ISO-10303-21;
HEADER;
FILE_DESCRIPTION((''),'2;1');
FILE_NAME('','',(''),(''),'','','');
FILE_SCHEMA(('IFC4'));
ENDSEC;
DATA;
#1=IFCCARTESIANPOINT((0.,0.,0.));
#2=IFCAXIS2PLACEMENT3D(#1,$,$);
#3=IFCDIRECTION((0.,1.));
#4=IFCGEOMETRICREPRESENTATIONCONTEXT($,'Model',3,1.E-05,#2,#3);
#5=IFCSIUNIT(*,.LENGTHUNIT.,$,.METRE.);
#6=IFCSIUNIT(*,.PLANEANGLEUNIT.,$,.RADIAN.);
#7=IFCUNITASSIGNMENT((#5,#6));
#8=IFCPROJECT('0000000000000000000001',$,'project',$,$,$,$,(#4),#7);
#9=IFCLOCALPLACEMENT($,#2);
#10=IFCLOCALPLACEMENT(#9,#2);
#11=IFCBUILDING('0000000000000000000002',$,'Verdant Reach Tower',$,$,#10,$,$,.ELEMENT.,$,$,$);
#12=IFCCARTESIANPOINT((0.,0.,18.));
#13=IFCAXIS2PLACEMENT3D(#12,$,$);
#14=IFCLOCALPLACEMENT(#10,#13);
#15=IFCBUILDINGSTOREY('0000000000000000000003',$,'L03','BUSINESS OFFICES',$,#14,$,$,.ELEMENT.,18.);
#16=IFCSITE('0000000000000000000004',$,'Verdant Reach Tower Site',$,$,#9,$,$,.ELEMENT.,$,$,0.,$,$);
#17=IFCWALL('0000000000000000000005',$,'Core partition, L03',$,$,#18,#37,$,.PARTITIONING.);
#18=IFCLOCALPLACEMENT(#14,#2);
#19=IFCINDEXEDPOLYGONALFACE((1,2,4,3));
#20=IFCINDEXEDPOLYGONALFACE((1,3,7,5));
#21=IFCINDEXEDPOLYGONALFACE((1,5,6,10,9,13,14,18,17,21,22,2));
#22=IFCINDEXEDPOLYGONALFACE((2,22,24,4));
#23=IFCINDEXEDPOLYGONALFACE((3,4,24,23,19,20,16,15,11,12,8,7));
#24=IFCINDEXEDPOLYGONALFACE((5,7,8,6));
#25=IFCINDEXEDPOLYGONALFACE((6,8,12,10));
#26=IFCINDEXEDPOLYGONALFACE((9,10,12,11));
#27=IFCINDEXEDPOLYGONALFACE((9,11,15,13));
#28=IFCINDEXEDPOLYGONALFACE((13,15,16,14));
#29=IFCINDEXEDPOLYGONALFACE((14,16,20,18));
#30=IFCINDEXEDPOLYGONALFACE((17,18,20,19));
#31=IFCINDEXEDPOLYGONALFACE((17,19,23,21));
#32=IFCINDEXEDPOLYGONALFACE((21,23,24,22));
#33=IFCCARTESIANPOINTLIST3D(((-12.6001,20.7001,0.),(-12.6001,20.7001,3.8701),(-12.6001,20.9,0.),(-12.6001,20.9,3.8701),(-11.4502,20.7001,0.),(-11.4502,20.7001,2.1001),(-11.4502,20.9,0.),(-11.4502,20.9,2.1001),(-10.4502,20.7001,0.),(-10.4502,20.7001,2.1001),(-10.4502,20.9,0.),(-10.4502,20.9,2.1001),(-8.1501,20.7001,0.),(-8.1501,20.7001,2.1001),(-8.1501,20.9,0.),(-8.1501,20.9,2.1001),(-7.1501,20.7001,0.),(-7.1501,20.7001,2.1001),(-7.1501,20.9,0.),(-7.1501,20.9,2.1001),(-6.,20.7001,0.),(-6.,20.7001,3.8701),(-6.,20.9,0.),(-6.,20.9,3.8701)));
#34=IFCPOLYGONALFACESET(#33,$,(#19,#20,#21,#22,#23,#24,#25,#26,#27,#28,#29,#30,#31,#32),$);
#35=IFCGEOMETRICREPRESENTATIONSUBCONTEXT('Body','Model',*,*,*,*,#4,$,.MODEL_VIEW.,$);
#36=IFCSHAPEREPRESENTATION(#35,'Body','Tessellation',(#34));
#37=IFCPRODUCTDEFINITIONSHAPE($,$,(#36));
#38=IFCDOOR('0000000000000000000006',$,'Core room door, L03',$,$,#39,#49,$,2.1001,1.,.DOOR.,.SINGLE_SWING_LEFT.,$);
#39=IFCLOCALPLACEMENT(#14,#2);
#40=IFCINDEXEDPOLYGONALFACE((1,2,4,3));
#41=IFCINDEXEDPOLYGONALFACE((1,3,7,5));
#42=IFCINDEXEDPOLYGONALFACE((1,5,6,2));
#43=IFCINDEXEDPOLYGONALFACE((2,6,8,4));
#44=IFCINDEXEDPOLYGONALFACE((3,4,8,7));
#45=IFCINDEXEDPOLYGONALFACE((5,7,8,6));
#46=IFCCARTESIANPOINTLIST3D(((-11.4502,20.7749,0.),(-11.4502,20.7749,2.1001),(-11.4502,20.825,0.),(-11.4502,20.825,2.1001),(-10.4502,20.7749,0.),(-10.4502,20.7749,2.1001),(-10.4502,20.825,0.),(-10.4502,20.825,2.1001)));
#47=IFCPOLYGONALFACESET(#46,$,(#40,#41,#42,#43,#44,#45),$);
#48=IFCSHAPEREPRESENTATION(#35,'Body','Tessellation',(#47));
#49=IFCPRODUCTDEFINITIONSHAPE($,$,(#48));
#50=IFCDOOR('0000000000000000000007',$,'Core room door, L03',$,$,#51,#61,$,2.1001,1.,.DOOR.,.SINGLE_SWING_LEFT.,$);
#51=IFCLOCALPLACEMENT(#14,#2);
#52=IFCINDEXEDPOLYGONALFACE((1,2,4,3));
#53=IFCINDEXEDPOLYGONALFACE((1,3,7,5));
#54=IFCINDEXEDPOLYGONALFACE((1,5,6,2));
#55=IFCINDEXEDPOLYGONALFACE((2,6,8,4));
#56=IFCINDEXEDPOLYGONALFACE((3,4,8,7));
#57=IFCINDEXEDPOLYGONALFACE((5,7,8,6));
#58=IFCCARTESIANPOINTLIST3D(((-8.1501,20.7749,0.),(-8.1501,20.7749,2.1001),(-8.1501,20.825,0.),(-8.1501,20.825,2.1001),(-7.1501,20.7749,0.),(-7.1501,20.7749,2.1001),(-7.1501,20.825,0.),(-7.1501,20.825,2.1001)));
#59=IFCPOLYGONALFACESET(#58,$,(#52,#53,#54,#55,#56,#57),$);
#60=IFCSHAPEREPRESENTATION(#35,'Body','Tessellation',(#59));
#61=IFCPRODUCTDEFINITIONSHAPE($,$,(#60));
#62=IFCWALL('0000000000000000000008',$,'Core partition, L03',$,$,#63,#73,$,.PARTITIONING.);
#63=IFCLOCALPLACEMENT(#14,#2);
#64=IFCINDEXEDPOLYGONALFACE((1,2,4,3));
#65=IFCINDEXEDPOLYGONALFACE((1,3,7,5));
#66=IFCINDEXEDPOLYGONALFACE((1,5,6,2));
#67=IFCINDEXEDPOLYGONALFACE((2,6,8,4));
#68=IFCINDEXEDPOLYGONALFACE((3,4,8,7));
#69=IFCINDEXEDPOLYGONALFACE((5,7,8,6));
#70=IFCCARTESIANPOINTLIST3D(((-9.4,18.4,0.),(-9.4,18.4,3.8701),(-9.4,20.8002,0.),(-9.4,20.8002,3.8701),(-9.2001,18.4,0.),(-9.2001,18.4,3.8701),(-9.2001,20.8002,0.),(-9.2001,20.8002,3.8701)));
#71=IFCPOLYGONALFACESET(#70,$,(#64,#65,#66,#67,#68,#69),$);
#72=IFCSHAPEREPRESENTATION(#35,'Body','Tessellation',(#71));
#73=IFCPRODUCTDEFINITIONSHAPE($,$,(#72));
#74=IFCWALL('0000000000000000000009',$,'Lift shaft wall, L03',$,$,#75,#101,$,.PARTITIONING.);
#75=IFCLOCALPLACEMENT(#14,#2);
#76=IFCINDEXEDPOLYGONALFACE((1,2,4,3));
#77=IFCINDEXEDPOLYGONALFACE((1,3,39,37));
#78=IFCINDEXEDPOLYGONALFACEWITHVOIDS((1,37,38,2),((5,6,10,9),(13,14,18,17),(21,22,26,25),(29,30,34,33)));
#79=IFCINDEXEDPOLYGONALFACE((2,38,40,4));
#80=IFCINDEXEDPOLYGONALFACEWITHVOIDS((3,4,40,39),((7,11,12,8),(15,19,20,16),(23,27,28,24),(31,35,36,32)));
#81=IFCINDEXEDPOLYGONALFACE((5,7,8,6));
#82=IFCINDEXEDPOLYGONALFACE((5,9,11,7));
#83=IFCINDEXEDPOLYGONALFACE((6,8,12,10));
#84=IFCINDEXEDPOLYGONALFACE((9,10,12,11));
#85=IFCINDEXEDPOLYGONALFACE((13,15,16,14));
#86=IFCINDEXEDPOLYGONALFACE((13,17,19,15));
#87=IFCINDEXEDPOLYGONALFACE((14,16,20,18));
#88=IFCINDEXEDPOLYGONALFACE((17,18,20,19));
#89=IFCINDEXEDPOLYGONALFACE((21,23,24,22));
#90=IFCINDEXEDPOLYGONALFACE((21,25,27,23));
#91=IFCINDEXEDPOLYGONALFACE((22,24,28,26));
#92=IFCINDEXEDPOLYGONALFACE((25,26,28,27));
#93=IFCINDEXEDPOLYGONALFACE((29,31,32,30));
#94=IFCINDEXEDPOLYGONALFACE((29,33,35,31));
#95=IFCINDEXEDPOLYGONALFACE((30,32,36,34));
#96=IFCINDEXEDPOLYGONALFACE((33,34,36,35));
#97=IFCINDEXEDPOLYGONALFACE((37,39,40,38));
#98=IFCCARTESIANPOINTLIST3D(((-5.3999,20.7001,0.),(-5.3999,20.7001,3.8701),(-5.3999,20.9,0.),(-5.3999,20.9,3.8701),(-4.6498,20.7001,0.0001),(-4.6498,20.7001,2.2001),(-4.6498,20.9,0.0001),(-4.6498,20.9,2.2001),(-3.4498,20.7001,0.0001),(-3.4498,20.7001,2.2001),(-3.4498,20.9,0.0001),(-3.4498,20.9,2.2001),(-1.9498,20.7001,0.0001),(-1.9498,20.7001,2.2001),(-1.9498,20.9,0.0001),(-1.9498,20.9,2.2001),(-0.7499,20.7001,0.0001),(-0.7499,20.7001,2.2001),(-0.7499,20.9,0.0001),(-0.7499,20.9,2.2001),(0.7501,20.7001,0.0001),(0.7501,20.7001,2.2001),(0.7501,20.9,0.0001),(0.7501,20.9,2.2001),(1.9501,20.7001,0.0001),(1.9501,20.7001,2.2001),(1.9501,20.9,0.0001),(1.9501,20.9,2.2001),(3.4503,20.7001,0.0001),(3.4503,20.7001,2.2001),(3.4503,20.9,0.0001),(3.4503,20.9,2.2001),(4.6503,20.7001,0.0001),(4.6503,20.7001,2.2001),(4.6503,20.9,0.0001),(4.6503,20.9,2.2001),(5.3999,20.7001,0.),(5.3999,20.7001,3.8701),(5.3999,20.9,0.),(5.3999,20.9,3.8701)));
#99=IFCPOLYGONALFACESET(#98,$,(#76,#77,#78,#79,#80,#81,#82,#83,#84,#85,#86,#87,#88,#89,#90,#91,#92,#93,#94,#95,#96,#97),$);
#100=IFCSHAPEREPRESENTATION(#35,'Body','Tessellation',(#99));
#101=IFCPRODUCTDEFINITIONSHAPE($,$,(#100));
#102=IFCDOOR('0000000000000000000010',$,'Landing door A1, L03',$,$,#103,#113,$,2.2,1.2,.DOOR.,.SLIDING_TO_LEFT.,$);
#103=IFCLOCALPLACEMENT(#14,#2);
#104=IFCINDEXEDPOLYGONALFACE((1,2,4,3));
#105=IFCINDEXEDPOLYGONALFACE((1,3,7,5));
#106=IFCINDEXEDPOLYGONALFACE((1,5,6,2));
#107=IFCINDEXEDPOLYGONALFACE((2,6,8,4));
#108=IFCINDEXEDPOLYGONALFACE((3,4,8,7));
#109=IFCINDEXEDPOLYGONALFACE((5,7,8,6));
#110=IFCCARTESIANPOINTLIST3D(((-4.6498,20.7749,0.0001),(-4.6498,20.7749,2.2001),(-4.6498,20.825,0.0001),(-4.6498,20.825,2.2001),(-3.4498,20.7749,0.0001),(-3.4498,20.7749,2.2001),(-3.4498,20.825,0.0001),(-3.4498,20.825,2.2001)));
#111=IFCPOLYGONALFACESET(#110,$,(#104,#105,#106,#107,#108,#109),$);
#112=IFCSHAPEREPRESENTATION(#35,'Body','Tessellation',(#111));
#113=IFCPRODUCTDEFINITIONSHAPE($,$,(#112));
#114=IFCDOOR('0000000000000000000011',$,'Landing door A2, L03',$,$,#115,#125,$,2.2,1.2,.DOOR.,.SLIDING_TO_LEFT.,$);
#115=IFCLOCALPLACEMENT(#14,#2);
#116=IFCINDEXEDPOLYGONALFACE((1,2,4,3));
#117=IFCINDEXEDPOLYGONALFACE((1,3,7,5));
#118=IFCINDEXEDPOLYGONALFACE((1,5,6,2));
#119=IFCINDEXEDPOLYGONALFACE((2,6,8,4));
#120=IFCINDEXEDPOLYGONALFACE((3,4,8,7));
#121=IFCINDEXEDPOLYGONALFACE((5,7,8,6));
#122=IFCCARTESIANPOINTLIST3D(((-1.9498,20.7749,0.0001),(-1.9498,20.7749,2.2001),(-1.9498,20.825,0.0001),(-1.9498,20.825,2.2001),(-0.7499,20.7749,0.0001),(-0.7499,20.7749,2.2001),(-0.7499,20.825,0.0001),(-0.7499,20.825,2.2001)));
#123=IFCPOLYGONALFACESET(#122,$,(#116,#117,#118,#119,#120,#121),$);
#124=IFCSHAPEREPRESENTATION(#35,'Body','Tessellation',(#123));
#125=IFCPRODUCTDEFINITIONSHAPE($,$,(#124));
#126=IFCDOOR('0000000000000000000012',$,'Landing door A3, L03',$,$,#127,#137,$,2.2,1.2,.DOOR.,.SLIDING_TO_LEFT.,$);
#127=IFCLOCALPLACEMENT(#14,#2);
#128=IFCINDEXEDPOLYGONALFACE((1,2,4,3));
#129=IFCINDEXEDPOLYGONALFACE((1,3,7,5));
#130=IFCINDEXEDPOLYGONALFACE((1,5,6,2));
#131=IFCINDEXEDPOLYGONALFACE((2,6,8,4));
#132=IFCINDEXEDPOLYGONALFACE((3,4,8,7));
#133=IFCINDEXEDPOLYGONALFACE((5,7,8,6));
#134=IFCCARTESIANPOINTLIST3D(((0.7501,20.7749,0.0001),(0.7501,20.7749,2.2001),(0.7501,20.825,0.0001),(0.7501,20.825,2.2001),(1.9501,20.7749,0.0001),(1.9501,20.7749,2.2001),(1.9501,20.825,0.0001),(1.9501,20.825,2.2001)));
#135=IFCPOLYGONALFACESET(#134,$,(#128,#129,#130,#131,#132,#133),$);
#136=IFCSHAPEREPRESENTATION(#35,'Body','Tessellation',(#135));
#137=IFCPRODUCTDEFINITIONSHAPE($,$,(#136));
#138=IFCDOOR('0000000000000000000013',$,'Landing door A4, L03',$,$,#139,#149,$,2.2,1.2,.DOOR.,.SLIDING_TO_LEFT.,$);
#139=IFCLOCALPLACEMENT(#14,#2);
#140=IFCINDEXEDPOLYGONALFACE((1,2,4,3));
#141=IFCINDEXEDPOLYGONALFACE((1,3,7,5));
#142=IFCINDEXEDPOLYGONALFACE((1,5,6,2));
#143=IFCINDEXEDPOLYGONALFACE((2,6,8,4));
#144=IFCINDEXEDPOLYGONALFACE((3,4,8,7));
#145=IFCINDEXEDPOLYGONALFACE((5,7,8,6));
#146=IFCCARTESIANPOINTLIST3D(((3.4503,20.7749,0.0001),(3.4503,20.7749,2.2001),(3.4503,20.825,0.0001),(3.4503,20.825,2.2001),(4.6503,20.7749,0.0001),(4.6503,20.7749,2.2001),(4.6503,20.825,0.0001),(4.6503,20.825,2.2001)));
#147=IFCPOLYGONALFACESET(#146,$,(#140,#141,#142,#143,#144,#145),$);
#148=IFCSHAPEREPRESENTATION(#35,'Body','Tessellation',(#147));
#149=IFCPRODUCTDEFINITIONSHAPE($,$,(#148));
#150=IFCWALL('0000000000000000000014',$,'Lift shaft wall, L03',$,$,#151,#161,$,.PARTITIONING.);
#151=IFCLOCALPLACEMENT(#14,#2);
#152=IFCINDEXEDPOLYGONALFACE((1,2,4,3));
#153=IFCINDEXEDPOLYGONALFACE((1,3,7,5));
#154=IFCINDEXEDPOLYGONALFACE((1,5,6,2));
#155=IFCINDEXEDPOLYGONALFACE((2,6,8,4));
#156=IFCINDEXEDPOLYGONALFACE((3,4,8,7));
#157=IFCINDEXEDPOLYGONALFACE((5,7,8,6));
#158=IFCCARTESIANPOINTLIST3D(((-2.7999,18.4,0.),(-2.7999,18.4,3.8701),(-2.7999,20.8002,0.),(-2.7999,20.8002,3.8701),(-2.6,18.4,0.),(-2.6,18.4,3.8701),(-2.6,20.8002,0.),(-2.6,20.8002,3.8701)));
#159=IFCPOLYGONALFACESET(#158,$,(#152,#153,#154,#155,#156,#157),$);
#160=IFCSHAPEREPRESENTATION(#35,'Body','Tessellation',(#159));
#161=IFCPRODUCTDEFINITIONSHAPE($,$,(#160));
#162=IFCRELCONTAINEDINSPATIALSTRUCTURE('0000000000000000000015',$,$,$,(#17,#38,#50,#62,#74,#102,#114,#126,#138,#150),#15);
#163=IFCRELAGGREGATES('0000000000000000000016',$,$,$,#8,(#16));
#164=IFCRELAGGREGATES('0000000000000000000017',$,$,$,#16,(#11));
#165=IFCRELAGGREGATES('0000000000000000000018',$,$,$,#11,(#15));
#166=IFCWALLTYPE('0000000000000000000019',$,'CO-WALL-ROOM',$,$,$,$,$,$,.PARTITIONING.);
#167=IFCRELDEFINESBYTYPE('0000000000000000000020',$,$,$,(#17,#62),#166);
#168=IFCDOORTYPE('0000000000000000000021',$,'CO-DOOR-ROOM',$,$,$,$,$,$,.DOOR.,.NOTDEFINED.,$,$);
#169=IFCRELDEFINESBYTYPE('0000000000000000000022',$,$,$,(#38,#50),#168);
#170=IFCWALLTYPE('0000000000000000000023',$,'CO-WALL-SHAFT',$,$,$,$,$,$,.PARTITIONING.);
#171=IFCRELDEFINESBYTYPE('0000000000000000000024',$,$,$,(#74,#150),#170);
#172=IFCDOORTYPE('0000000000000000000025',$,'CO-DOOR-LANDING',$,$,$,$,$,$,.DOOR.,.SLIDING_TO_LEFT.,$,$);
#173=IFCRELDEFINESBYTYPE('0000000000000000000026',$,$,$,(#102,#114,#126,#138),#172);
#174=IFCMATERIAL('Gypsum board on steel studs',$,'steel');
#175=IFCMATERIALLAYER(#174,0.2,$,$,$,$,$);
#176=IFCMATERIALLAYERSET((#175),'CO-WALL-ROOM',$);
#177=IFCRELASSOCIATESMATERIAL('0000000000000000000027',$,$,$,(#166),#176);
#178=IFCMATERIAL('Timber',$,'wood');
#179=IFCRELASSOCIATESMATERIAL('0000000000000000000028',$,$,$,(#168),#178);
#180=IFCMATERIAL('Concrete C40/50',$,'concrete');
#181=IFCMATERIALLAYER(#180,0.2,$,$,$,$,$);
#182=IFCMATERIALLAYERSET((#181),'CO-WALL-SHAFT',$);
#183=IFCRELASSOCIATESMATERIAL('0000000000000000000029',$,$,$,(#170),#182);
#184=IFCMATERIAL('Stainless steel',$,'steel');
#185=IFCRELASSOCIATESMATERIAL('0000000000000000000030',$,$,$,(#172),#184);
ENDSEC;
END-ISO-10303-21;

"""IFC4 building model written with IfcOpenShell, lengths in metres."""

from ifc_helpers import new_model, si_unit, direction, frame, frame_2d, origin, place, context, subcontext, project, spatial, rectangle, extrude, material, layer, layer_set, type_object, element, fill, save


model = new_model("IFC4")

# Units and contexts
model_context = context("Model", 3, precision=1e-05, world=origin(), true_north=direction((0.0, 1.0)))
body_context = subcontext(model_context, "Body", "Model", "MODEL_VIEW")
ifc_project = project(units=[si_unit("LENGTHUNIT", "METRE"), si_unit("PLANEANGLEUNIT", "RADIAN")], contexts=[model_context])

# Site, building, storey
site_placement = place(None, origin())
site = spatial("IfcSite", under=ifc_project, at=site_placement, Name="Verdant Reach Tower Site", CompositionType="ELEMENT", RefElevation=0.0)
building_placement = place(site_placement, origin())
building = spatial("IfcBuilding", under=site, at=building_placement, Name="Verdant Reach Tower", CompositionType="ELEMENT")
storey_placement = place(building_placement, frame((0.0, 0.0, 18.0)))
storey = spatial("IfcBuildingStorey", under=building, at=storey_placement, Name="L03", Description="BUSINESS OFFICES", CompositionType="ELEMENT", Elevation=18.0)

# Wall, openings, doors
ifc_material_1 = material(Name="Gypsum board on steel studs", Category="steel")
ifc_layer_1 = layer(ifc_material_1, 0.2)
ifc_layer_set_1 = layer_set([ifc_layer_1], Name="CO-WALL-ROOM")
wall_type_1 = type_object("IfcWallType", Name="CO-WALL-ROOM", PredefinedType="PARTITIONING", material=ifc_layer_set_1)
wall_1_placement = place(storey_placement, frame((-12.6001, 20.8, 0.0), z_axis=(0.0, 0.0, 1.0), x_axis=(1.0, 0.0, 0.0)))
wall_1 = element("IfcWall", 1, at=wall_1_placement, inside=storey, type_object=wall_type_1, Name="Core partition, L03", PredefinedType="PARTITIONING", context=body_context, shape_type="SweptSolid", body=[
    extrude(rectangle(XDim=6.6001, YDim=0.2, at=frame_2d((3.3, 0.0))), origin(), (0.0, 0.0, 1.0), 3.8701),
])
opening_1_placement = place(wall_1_placement, frame((1.1499, 0.0, 0.0)))
opening_1 = element("IfcOpeningElement", 2, at=opening_1_placement, cuts=wall_1, PredefinedType="OPENING", context=body_context, shape_type="SweptSolid", body=[
    extrude(rectangle(XDim=1.0, YDim=2.1001, at=frame_2d((0.5, 1.05))), frame((0.0, 0.1099, 0.0), z_axis=(0.0, -1.0, 0.0), x_axis=(1.0, 0.0, 0.0)), (0.0, 0.0, 1.0), 0.22),
])
opening_2_placement = place(wall_1_placement, frame((4.45, 0.0, 0.0)))
opening_2 = element("IfcOpeningElement", 3, at=opening_2_placement, cuts=wall_1, PredefinedType="OPENING", context=body_context, shape_type="SweptSolid", body=[
    extrude(rectangle(XDim=1.0, YDim=2.1001, at=frame_2d((0.5, 1.05))), frame((0.0, 0.1099, 0.0), z_axis=(0.0, -1.0, 0.0), x_axis=(1.0, 0.0, 0.0)), (0.0, 0.0, 1.0), 0.22),
])
ifc_material_2 = material(Name="Timber", Category="wood")
door_type_1 = type_object("IfcDoorType", Name="CO-DOOR-ROOM", OperationType="NOTDEFINED", PredefinedType="DOOR", material=ifc_material_2)
door_1_placement = place(opening_1_placement, origin())
door_1 = element("IfcDoor", 4, at=door_1_placement, inside=storey, type_object=door_type_1, Name="Core room door, L03", OperationType="SINGLE_SWING_LEFT", OverallHeight=2.1001, OverallWidth=1.0, PredefinedType="DOOR", context=body_context, shape_type="SweptSolid", body=[
    extrude(rectangle(XDim=1.0, YDim=2.1001, at=frame_2d((0.5, 1.05))), frame((0.0, 0.0249, 0.0), z_axis=(0.0, -1.0, 0.0), x_axis=(1.0, 0.0, 0.0)), (0.0, 0.0, 1.0), 0.05),
])
fill(opening_1, door_1)
door_2_placement = place(opening_2_placement, origin())
door_2 = element("IfcDoor", 5, at=door_2_placement, inside=storey, type_object=door_type_1, Name="Core room door, L03", OperationType="SINGLE_SWING_LEFT", OverallHeight=2.1001, OverallWidth=1.0, PredefinedType="DOOR", context=body_context, shape_type="SweptSolid", body=[
    extrude(rectangle(XDim=1.0, YDim=2.1001, at=frame_2d((0.5, 1.05))), frame((0.0, 0.0249, 0.0), z_axis=(0.0, -1.0, 0.0), x_axis=(1.0, 0.0, 0.0)), (0.0, 0.0, 1.0), 0.05),
])
fill(opening_2, door_2)

# Wall
wall_2_placement = place(storey_placement, frame((-9.3, 18.3999, 0.0), z_axis=(0.0, 0.0, 1.0), x_axis=(0.0, 1.0, 0.0)))
element("IfcWall", 6, at=wall_2_placement, inside=storey, type_object=wall_type_1, Name="Core partition, L03", PredefinedType="PARTITIONING", context=body_context, shape_type="SweptSolid", body=[
    extrude(rectangle(XDim=2.4001, YDim=0.2, at=frame_2d((1.2002, 0.0))), origin(), (0.0, 0.0, 1.0), 3.8701),
])

# Wall, openings, doors
ifc_material_3 = material(Name="Concrete C40/50", Category="concrete")
ifc_layer_2 = layer(ifc_material_3, 0.2)
ifc_layer_set_2 = layer_set([ifc_layer_2], Name="CO-WALL-SHAFT")
wall_type_2 = type_object("IfcWallType", Name="CO-WALL-SHAFT", PredefinedType="PARTITIONING", material=ifc_layer_set_2)
wall_3_placement = place(storey_placement, frame((-5.3999, 20.8, 0.0), z_axis=(0.0, 0.0, 1.0), x_axis=(1.0, 0.0, 0.0)))
wall_3 = element("IfcWall", 7, at=wall_3_placement, inside=storey, type_object=wall_type_2, Name="Lift shaft wall, L03", PredefinedType="PARTITIONING", context=body_context, shape_type="SweptSolid", body=[
    extrude(rectangle(XDim=10.7998, YDim=0.2, at=frame_2d((5.3999, 0.0))), origin(), (0.0, 0.0, 1.0), 3.8701),
])
opening_3_placement = place(wall_3_placement, frame((0.75, 0.0, 0.0)))
opening_3 = element("IfcOpeningElement", 8, at=opening_3_placement, cuts=wall_3, PredefinedType="OPENING", context=body_context, shape_type="SweptSolid", body=[
    extrude(rectangle(XDim=1.2, YDim=2.2, at=frame_2d((0.6001, 1.1001))), frame((0.0, 0.1099, 0.0), z_axis=(0.0, -1.0, 0.0), x_axis=(1.0, 0.0, 0.0)), (0.0, 0.0, 1.0), 0.22),
])
opening_4_placement = place(wall_3_placement, frame((3.45, 0.0, 0.0)))
opening_4 = element("IfcOpeningElement", 9, at=opening_4_placement, cuts=wall_3, PredefinedType="OPENING", context=body_context, shape_type="SweptSolid", body=[
    extrude(rectangle(XDim=1.2, YDim=2.2, at=frame_2d((0.6001, 1.1001))), frame((0.0, 0.1099, 0.0), z_axis=(0.0, -1.0, 0.0), x_axis=(1.0, 0.0, 0.0)), (0.0, 0.0, 1.0), 0.22),
])
opening_5_placement = place(wall_3_placement, frame((6.1499, 0.0, 0.0)))
opening_5 = element("IfcOpeningElement", 10, at=opening_5_placement, cuts=wall_3, PredefinedType="OPENING", context=body_context, shape_type="SweptSolid", body=[
    extrude(rectangle(XDim=1.2, YDim=2.2, at=frame_2d((0.6001, 1.1001))), frame((0.0, 0.1099, 0.0), z_axis=(0.0, -1.0, 0.0), x_axis=(1.0, 0.0, 0.0)), (0.0, 0.0, 1.0), 0.22),
])
opening_6_placement = place(wall_3_placement, frame((8.8501, 0.0, 0.0)))
opening_6 = element("IfcOpeningElement", 11, at=opening_6_placement, cuts=wall_3, PredefinedType="OPENING", context=body_context, shape_type="SweptSolid", body=[
    extrude(rectangle(XDim=1.2, YDim=2.2, at=frame_2d((0.6001, 1.1001))), frame((0.0, 0.1099, 0.0), z_axis=(0.0, -1.0, 0.0), x_axis=(1.0, 0.0, 0.0)), (0.0, 0.0, 1.0), 0.22),
])
ifc_material_4 = material(Name="Stainless steel", Category="steel")
door_type_2 = type_object("IfcDoorType", Name="CO-DOOR-LANDING", OperationType="SLIDING_TO_LEFT", PredefinedType="DOOR", material=ifc_material_4)
door_3_placement = place(opening_3_placement, origin())
door_3 = element("IfcDoor", 12, at=door_3_placement, inside=storey, type_object=door_type_2, Name="Landing door A1, L03", OperationType="SLIDING_TO_LEFT", OverallHeight=2.2, OverallWidth=1.2, PredefinedType="DOOR", context=body_context, shape_type="SweptSolid", body=[
    extrude(rectangle(XDim=1.2, YDim=2.2, at=frame_2d((0.6001, 1.1001))), frame((0.0, 0.0249, 0.0), z_axis=(0.0, -1.0, 0.0), x_axis=(1.0, 0.0, 0.0)), (0.0, 0.0, 1.0), 0.05),
])
fill(opening_3, door_3)
door_4_placement = place(opening_4_placement, origin())
door_4 = element("IfcDoor", 13, at=door_4_placement, inside=storey, type_object=door_type_2, Name="Landing door A2, L03", OperationType="SLIDING_TO_LEFT", OverallHeight=2.2, OverallWidth=1.2, PredefinedType="DOOR", context=body_context, shape_type="SweptSolid", body=[
    extrude(rectangle(XDim=1.2, YDim=2.2, at=frame_2d((0.6001, 1.1001))), frame((0.0, 0.0249, 0.0), z_axis=(0.0, -1.0, 0.0), x_axis=(1.0, 0.0, 0.0)), (0.0, 0.0, 1.0), 0.05),
])
fill(opening_4, door_4)
door_5_placement = place(opening_5_placement, origin())
door_5 = element("IfcDoor", 14, at=door_5_placement, inside=storey, type_object=door_type_2, Name="Landing door A3, L03", OperationType="SLIDING_TO_LEFT", OverallHeight=2.2, OverallWidth=1.2, PredefinedType="DOOR", context=body_context, shape_type="SweptSolid", body=[
    extrude(rectangle(XDim=1.2, YDim=2.2, at=frame_2d((0.6001, 1.1001))), frame((0.0, 0.0249, 0.0), z_axis=(0.0, -1.0, 0.0), x_axis=(1.0, 0.0, 0.0)), (0.0, 0.0, 1.0), 0.05),
])
fill(opening_5, door_5)
door_6_placement = place(opening_6_placement, origin())
door_6 = element("IfcDoor", 15, at=door_6_placement, inside=storey, type_object=door_type_2, Name="Landing door A4, L03", OperationType="SLIDING_TO_LEFT", OverallHeight=2.2, OverallWidth=1.2, PredefinedType="DOOR", context=body_context, shape_type="SweptSolid", body=[
    extrude(rectangle(XDim=1.2, YDim=2.2, at=frame_2d((0.6001, 1.1001))), frame((0.0, 0.0249, 0.0), z_axis=(0.0, -1.0, 0.0), x_axis=(1.0, 0.0, 0.0)), (0.0, 0.0, 1.0), 0.05),
])
fill(opening_6, door_6)

# Wall
wall_4_placement = place(storey_placement, frame((-2.7, 18.3999, 0.0), z_axis=(0.0, 0.0, 1.0), x_axis=(0.0, 1.0, 0.0)))
element("IfcWall", 16, at=wall_4_placement, inside=storey, type_object=wall_type_2, Name="Lift shaft wall, L03", PredefinedType="PARTITIONING", context=body_context, shape_type="SweptSolid", body=[
    extrude(rectangle(XDim=2.4001, YDim=0.2, at=frame_2d((1.2002, 0.0))), origin(), (0.0, 0.0, 1.0), 3.8701),
])

save(model, "model.ifc")
